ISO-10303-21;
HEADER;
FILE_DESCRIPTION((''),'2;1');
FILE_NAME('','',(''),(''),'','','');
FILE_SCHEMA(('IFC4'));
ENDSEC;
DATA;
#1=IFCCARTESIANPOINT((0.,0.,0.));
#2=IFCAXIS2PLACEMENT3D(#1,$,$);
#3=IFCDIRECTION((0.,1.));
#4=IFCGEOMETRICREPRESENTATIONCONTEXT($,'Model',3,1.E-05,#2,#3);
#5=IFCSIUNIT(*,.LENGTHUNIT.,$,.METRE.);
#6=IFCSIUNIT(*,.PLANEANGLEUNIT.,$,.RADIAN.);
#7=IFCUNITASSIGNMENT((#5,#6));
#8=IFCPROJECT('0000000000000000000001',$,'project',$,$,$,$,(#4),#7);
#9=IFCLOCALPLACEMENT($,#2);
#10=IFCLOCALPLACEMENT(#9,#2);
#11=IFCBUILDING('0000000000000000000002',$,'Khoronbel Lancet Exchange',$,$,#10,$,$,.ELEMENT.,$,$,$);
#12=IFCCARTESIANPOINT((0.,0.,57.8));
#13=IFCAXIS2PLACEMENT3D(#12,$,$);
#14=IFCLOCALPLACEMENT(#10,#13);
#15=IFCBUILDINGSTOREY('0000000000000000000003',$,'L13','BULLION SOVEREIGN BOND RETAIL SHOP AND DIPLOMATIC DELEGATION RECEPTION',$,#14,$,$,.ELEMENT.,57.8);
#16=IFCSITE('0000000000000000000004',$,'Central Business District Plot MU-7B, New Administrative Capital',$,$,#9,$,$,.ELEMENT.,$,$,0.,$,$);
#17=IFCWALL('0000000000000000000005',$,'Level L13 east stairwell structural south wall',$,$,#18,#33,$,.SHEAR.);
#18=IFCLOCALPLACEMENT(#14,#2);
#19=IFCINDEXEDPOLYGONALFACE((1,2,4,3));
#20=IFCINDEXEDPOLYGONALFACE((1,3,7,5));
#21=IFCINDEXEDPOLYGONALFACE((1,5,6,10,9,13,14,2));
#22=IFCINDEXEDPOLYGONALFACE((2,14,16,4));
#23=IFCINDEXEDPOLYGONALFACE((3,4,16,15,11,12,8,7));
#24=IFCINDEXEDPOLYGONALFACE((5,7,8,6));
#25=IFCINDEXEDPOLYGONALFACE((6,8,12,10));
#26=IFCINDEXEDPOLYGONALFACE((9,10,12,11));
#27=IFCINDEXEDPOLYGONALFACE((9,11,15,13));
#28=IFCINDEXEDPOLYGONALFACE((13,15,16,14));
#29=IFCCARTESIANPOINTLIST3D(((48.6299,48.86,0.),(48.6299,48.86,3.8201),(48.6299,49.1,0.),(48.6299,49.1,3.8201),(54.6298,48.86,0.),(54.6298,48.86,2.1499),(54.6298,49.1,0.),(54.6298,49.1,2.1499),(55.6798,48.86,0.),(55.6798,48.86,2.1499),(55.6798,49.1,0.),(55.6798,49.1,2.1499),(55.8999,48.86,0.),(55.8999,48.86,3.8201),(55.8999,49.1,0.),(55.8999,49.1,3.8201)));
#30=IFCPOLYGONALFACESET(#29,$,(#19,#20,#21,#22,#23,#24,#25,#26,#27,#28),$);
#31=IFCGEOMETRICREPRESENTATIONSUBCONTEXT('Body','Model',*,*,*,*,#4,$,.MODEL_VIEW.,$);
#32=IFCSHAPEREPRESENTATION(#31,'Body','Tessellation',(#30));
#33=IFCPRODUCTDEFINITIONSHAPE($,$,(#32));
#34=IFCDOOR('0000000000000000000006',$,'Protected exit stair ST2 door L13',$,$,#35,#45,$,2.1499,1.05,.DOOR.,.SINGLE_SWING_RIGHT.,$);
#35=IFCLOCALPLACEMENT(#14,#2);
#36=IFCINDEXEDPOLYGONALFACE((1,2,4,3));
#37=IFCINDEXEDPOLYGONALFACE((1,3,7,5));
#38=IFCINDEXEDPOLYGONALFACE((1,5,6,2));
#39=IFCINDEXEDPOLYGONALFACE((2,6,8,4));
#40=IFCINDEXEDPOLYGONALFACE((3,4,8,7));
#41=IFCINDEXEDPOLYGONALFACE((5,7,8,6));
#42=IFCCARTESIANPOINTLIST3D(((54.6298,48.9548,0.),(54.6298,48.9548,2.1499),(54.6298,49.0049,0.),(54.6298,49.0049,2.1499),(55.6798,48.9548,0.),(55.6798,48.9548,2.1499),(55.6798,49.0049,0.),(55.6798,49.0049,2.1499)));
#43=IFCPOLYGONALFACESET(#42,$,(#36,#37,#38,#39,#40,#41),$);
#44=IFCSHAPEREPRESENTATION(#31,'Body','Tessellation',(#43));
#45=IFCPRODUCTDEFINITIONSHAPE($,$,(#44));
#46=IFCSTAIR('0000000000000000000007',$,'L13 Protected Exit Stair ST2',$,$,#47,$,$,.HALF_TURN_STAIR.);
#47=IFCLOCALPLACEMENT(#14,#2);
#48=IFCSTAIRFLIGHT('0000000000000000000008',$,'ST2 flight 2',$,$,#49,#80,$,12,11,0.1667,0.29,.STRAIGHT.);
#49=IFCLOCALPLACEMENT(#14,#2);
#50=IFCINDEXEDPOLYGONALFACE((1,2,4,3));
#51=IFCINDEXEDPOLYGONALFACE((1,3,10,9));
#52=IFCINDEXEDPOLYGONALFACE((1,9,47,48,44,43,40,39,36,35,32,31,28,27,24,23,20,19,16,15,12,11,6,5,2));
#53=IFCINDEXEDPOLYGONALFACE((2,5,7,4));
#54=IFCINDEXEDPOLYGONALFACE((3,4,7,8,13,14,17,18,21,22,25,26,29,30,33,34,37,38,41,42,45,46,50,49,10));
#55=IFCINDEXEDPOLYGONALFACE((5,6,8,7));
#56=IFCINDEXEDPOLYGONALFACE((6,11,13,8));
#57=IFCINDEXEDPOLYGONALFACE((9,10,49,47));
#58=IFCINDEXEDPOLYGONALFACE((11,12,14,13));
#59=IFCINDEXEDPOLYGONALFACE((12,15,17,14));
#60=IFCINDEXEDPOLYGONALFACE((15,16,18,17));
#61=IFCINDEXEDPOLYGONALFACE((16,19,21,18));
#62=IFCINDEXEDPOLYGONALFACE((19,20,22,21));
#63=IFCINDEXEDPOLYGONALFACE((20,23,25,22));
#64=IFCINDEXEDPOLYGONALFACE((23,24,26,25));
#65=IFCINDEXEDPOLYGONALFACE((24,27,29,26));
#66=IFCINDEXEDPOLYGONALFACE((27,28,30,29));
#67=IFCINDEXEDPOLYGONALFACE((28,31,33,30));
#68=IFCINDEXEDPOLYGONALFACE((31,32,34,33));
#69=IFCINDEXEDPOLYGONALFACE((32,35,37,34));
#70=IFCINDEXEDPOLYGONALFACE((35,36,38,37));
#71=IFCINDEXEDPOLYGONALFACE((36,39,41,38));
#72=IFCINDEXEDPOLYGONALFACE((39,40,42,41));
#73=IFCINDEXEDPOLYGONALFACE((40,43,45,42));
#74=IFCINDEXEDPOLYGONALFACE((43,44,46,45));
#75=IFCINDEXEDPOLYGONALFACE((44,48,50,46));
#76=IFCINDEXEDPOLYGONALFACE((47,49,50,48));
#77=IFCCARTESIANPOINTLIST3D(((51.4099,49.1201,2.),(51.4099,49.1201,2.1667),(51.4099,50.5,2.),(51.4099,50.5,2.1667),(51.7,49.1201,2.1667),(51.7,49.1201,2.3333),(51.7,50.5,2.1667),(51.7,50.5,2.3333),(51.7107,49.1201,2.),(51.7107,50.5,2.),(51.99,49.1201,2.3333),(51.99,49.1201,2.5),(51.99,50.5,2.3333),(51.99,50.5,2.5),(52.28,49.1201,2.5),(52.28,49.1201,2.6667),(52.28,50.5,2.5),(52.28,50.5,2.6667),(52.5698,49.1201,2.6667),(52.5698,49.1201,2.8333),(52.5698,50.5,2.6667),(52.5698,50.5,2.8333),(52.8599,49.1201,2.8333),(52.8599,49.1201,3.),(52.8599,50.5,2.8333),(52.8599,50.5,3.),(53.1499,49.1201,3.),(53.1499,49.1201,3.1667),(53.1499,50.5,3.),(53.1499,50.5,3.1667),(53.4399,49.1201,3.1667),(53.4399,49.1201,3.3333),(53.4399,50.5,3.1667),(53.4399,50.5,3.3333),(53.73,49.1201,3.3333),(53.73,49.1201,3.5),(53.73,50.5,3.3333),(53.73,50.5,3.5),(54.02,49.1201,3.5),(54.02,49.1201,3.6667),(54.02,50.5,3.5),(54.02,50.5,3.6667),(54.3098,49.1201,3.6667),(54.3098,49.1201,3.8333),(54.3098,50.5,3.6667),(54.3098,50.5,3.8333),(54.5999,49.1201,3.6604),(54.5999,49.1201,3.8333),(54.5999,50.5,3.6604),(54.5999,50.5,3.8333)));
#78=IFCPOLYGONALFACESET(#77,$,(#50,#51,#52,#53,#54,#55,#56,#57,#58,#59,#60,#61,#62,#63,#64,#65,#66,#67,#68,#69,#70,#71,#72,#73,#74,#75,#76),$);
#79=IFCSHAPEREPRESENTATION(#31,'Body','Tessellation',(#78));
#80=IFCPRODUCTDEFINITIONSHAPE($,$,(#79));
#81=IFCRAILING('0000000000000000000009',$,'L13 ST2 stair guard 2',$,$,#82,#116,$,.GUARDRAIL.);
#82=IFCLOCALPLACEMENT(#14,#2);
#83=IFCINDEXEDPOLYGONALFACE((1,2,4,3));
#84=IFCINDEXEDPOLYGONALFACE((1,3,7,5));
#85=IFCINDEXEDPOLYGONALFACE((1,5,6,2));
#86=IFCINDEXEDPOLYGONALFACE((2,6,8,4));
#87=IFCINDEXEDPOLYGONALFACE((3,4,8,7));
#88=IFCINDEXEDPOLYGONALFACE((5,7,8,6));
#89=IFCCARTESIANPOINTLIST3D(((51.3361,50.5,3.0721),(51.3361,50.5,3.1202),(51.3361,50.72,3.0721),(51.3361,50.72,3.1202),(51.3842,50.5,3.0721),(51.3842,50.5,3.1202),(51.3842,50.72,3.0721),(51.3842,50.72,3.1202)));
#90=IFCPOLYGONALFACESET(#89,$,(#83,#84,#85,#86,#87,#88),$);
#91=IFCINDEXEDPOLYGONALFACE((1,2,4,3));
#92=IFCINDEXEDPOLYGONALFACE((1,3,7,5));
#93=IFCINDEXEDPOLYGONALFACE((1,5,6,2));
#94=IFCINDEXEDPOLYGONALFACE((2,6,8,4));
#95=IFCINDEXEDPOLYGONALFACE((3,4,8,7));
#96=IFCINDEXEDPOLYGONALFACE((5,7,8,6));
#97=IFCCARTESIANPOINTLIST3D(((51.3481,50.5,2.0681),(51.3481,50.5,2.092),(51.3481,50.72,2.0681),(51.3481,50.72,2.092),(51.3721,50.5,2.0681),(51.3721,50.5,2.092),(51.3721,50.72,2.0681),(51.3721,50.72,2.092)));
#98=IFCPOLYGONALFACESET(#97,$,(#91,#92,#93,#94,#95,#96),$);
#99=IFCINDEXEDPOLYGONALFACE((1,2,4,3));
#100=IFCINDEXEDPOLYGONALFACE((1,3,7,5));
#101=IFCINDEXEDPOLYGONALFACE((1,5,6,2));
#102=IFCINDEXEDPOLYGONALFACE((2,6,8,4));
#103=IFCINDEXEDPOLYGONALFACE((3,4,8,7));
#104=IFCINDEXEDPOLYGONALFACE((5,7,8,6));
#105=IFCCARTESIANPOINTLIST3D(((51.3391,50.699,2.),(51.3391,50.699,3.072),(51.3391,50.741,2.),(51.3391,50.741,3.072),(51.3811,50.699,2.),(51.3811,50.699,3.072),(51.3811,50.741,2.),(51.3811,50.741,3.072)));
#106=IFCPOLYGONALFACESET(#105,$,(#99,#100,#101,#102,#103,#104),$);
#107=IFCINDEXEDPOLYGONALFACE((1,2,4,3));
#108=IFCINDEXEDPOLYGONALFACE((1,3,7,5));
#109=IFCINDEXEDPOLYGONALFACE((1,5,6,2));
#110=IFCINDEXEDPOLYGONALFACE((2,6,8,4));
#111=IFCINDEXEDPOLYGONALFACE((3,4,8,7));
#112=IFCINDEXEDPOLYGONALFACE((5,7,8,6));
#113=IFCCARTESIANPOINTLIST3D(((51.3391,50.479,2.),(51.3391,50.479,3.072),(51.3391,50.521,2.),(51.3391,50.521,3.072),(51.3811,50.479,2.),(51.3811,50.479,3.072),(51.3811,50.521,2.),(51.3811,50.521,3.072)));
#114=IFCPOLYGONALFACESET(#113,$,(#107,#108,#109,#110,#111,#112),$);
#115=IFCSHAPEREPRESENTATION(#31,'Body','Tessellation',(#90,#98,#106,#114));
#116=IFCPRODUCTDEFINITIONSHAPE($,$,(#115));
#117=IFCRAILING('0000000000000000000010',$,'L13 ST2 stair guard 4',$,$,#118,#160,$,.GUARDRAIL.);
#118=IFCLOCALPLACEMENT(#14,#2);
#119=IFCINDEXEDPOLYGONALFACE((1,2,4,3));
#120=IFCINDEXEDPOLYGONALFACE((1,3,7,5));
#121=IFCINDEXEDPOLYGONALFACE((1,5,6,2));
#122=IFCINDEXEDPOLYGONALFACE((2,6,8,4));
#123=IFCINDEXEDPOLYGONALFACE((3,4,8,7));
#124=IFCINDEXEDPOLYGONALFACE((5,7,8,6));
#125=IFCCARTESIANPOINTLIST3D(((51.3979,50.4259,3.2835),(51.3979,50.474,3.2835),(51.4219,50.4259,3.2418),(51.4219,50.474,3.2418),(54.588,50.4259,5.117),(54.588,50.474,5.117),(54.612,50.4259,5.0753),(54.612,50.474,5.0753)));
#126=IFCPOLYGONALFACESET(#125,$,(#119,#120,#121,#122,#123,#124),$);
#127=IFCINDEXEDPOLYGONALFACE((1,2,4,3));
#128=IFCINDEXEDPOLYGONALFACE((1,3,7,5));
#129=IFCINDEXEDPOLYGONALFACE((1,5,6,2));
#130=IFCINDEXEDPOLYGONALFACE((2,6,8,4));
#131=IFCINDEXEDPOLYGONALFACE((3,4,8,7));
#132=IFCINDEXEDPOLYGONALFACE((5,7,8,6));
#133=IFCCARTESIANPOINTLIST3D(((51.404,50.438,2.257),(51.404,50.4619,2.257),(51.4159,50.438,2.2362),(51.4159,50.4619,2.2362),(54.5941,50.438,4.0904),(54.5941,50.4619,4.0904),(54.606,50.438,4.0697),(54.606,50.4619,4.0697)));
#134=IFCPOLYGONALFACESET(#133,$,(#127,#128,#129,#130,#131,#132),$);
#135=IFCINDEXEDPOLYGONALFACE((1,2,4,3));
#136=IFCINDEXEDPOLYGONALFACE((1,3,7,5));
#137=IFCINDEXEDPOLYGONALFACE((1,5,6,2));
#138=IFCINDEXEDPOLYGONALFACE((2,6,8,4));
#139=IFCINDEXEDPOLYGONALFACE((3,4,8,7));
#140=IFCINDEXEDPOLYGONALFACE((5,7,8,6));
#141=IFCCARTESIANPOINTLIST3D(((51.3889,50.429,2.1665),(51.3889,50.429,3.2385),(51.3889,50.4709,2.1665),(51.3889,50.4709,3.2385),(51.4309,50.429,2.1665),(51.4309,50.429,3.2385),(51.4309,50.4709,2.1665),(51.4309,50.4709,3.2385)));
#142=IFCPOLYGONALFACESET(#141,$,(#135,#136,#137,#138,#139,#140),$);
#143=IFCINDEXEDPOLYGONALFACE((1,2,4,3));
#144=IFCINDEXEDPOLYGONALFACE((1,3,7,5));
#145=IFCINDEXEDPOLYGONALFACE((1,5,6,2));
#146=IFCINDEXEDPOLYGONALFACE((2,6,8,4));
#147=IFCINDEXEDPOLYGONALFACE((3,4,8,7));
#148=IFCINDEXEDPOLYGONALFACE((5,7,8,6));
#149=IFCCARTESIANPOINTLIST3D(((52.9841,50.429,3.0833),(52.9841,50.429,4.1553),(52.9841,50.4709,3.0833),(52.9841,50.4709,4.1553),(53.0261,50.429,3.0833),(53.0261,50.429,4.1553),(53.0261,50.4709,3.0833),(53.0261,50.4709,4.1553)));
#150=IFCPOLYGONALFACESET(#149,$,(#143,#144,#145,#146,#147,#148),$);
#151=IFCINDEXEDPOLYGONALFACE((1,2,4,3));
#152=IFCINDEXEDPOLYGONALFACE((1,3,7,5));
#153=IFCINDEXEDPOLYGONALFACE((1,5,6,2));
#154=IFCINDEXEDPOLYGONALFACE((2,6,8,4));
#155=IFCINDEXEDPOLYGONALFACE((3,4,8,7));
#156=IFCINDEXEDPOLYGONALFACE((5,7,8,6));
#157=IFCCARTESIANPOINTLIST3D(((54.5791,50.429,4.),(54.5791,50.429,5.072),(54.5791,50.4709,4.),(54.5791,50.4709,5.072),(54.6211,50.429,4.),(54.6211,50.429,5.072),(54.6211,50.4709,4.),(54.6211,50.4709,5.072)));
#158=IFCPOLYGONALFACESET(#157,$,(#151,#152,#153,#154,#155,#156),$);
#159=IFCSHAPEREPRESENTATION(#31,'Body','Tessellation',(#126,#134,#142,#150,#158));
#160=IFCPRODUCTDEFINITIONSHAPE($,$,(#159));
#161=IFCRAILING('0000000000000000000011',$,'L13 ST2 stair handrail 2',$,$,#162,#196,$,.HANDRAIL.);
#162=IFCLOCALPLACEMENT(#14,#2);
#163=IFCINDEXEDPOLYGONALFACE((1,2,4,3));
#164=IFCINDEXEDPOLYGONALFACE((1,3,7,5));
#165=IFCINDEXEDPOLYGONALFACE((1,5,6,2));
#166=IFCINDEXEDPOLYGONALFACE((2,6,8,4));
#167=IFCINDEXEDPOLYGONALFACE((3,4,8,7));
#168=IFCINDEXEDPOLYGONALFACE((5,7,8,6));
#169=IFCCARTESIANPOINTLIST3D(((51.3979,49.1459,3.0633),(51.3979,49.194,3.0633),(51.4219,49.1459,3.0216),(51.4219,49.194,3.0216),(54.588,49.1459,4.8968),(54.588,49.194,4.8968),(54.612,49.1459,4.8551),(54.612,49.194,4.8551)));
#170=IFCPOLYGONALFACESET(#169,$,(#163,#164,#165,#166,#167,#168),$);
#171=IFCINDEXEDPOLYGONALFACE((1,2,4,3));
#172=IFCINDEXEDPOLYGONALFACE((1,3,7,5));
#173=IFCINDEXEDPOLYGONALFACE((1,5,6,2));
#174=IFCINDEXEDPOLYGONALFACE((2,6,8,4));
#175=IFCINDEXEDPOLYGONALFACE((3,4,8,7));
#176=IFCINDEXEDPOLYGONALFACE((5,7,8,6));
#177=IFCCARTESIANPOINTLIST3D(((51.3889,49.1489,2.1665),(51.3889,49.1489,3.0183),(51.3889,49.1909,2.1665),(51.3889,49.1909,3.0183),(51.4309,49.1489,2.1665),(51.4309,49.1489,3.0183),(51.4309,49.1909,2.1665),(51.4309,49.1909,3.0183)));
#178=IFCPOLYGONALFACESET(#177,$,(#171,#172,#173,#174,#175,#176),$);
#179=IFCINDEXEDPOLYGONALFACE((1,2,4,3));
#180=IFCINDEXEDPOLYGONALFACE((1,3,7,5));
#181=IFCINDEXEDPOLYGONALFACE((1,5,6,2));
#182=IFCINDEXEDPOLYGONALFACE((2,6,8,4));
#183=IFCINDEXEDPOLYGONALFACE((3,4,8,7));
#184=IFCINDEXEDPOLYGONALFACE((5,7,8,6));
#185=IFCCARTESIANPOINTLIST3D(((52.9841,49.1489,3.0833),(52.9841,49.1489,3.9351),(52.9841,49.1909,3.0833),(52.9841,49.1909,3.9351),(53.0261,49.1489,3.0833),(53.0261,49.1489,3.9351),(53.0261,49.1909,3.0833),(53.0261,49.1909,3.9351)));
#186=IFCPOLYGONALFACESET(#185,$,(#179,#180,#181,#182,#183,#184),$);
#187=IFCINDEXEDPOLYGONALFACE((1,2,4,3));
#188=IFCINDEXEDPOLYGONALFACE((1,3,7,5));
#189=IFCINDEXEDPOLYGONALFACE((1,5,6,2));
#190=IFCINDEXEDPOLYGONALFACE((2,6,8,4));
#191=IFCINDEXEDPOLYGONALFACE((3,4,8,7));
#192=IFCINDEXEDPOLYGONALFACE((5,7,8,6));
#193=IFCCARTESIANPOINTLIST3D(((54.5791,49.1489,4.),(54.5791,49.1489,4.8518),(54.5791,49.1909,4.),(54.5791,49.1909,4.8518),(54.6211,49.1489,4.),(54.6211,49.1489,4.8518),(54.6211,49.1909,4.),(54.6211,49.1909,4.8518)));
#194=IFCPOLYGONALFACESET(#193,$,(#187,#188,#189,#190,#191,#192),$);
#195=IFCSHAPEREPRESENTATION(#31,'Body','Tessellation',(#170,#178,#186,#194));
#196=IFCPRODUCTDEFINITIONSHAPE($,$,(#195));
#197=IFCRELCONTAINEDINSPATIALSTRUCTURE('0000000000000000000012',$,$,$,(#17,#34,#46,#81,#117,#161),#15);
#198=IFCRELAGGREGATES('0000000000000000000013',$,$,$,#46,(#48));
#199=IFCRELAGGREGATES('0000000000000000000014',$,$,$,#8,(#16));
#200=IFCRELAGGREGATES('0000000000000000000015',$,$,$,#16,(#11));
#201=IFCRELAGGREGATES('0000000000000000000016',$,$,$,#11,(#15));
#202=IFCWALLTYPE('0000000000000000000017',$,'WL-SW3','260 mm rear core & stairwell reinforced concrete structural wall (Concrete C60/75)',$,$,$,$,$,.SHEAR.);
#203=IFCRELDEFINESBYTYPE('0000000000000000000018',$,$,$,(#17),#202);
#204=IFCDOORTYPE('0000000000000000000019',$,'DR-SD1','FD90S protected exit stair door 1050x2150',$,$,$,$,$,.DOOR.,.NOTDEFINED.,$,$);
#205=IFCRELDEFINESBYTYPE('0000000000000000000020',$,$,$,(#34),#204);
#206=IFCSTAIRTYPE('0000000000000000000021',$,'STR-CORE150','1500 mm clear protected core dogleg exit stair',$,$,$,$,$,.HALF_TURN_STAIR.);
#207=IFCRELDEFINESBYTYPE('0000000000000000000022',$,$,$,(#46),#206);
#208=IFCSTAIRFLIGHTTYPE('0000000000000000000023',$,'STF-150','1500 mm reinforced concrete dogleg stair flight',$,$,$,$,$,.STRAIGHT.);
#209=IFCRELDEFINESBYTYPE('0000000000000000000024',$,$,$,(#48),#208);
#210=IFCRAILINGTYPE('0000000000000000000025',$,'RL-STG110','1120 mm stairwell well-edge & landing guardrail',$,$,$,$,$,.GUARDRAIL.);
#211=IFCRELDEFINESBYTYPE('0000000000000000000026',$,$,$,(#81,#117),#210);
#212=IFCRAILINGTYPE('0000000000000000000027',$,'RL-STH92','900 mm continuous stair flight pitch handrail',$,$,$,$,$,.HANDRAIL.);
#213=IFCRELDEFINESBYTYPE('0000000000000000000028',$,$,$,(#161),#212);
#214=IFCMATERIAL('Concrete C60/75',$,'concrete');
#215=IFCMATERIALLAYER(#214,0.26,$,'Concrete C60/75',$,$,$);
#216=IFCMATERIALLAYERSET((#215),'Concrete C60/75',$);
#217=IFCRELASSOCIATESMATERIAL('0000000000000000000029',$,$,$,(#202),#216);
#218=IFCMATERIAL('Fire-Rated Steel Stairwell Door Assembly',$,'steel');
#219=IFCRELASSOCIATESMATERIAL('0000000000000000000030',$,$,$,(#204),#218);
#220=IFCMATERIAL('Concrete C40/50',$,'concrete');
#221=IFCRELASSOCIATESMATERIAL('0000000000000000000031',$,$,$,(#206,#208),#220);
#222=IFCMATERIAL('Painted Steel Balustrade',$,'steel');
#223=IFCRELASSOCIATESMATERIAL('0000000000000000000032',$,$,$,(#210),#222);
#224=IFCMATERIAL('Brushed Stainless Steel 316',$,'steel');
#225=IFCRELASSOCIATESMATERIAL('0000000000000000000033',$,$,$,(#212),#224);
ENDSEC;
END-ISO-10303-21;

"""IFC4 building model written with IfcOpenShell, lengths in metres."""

from ifc_helpers import new_model, si_unit, direction, frame, frame_2d, origin, origin_2d, place, context, subcontext, project, spatial, polyline, rectangle, outline, extrude, material, layer, layer_set, type_object, element, fill, aggregate, save


model = new_model("IFC4")

# Units and contexts
model_context = context("Model", 3, precision=1e-05, world=origin(), true_north=direction((0.0, 1.0)))
body_context = subcontext(model_context, "Body", "Model", "MODEL_VIEW")
ifc_project = project(units=[si_unit("LENGTHUNIT", "METRE"), si_unit("PLANEANGLEUNIT", "RADIAN")], contexts=[model_context])

# Site, building, storey
site_placement = place(None, origin())
site = spatial("IfcSite", under=ifc_project, at=site_placement, Name="Central Business District Plot MU-7B, New Administrative Capital", CompositionType="ELEMENT", RefElevation=0.0)
building_placement = place(site_placement, origin())
building = spatial("IfcBuilding", under=site, at=building_placement, Name="Khoronbel Lancet Exchange", CompositionType="ELEMENT")
storey_placement = place(building_placement, frame((0.0, 0.0, 57.8)))
storey = spatial("IfcBuildingStorey", under=building, at=storey_placement, Name="L13", Description="BULLION SOVEREIGN BOND RETAIL SHOP AND DIPLOMATIC DELEGATION RECEPTION", CompositionType="ELEMENT", Elevation=57.8)

# Wall, opening, door
ifc_material_1 = material(Name="Concrete C60/75", Category="concrete")
ifc_layer_1 = layer(ifc_material_1, 0.26, Name="Concrete C60/75")
ifc_layer_set_1 = layer_set([ifc_layer_1], Name="Concrete C60/75")
wall_type_1 = type_object("IfcWallType", Name="WL-SW3", Description="260 mm rear core & stairwell reinforced concrete structural wall (Concrete C60/75)", PredefinedType="SHEAR", material=ifc_layer_set_1)
wall_1_placement = place(storey_placement, frame((48.6299, 48.98, 0.0), z_axis=(0.0, 0.0, 1.0), x_axis=(1.0, 0.0, 0.0)))
wall_1 = element("IfcWall", 1, at=wall_1_placement, inside=storey, type_object=wall_type_1, Name="Level L13 east stairwell structural south wall", PredefinedType="SHEAR", context=body_context, shape_type="SweptSolid", body=[
    extrude(rectangle(XDim=7.27, YDim=0.24, at=frame_2d((3.635, 0.0))), origin(), (0.0, 0.0, 1.0), 3.8201),
])
opening_1_placement = place(wall_1_placement, frame((6.0, 0.0, 0.0)))
opening_1 = element("IfcOpeningElement", 2, at=opening_1_placement, cuts=wall_1, PredefinedType="OPENING", context=body_context, shape_type="SweptSolid", body=[
    extrude(rectangle(XDim=1.05, YDim=2.1499, at=frame_2d((0.5249, 1.075))), frame((0.0, 0.1299, 0.0), z_axis=(0.0, -1.0, 0.0), x_axis=(1.0, 0.0, 0.0)), (0.0, 0.0, 1.0), 0.26),
])
ifc_material_2 = material(Name="Fire-Rated Steel Stairwell Door Assembly", Category="steel")
door_type_1 = type_object("IfcDoorType", Name="DR-SD1", Description="FD90S protected exit stair door 1050x2150", OperationType="NOTDEFINED", PredefinedType="DOOR", material=ifc_material_2)
door_1_placement = place(opening_1_placement, origin())
door_1 = element("IfcDoor", 3, at=door_1_placement, inside=storey, type_object=door_type_1, Name="Protected exit stair ST2 door L13", OperationType="SINGLE_SWING_RIGHT", OverallHeight=2.1499, OverallWidth=1.05, PredefinedType="DOOR", context=body_context, shape_type="SweptSolid", body=[
    extrude(rectangle(XDim=1.05, YDim=2.1499, at=frame_2d((0.5249, 1.075))), frame((0.0, 0.0249, 0.0), z_axis=(0.0, -1.0, 0.0), x_axis=(1.0, 0.0, 0.0)), (0.0, 0.0, 1.0), 0.05),
])
fill(opening_1, door_1)

# Stair, stair flight
ifc_material_3 = material(Name="Concrete C40/50", Category="concrete")
stair_type = type_object("IfcStairType", Name="STR-CORE150", Description="1500 mm clear protected core dogleg exit stair", PredefinedType="HALF_TURN_STAIR", material=ifc_material_3)
stair_placement = place(storey_placement, origin())
stair = element("IfcStair", 4, at=stair_placement, inside=storey, type_object=stair_type, Name="L13 Protected Exit Stair ST2", PredefinedType="HALF_TURN_STAIR")
stair_flight_type = type_object("IfcStairFlightType", Name="STF-150", Description="1500 mm reinforced concrete dogleg stair flight", PredefinedType="STRAIGHT", material=ifc_material_3)
stair_flight_placement = place(storey_placement, frame((51.4099, 49.8101, 2.0), z_axis=(0.0, 0.0, 1.0), x_axis=(1.0, 0.0, 0.0)))
stair_flight = element("IfcStairFlight", 5, at=stair_flight_placement, type_object=stair_flight_type, Name="ST2 flight 2", NumberOfRisers=12, NumberOfTreads=11, PredefinedType="STRAIGHT", RiserHeight=0.1667, TreadLength=0.29, context=body_context, shape_type="SweptSolid", body=[
    extrude(outline(polyline([(0.0, 0.0), (0.0, 0.1667), (0.29, 0.1667), (0.29, 0.3333), (0.5801, 0.3333), (0.5801, 0.5), (0.8701, 0.5), (0.8701, 0.6667), (1.1599, 0.6667), (1.1599, 0.8333), (1.45, 0.8333), (1.45, 1.0), (1.74, 1.0), (1.74, 1.1667), (2.03, 1.1667), (2.03, 1.3333), (2.3201, 1.3333), (2.3201, 1.5), (2.6101, 1.5), (2.6101, 1.6667), (2.8999, 1.6667), (2.8999, 1.8333), (3.1899, 1.8333), (3.1899, 2.0), (3.1899, 1.6604), (0.3008, 0.0), (0.0, 0.0)])), frame((0.0, 0.6899, 0.0), z_axis=(0.0, -1.0, 0.0), x_axis=(1.0, 0.0, 0.0)), (0.0, 0.0, 1.0), 1.3799),
])
aggregate(stair, [stair_flight])

# Railings
ifc_material_4 = material(Name="Painted Steel Balustrade", Category="steel")
railing_type_1 = type_object("IfcRailingType", Name="RL-STG110", Description="1120 mm stairwell well-edge & landing guardrail", PredefinedType="GUARDRAIL", material=ifc_material_4)
railing_1_placement = place(storey_placement, frame((51.3601, 50.72, 2.0)))
element("IfcRailing", 6, at=railing_1_placement, inside=storey, type_object=railing_type_1, Name="L13 ST2 stair guard 2", PredefinedType="GUARDRAIL", context=body_context, shape_type="SweptSolid", body=[
    extrude(rectangle(XDim=0.0481, YDim=0.0481, at=origin_2d()), frame((0.0, 0.0, 1.0962), z_axis=(0.0, -1.0, 0.0), x_axis=(1.0, 0.0, 0.0)), (0.0, 0.0, 1.0), 0.22),
    extrude(rectangle(XDim=0.0239, YDim=0.0239, at=origin_2d()), frame((0.0, 0.0, 0.0801), z_axis=(0.0, -1.0, 0.0), x_axis=(1.0, 0.0, 0.0)), (0.0, 0.0, 1.0), 0.22),
    extrude(rectangle(XDim=0.042, YDim=0.042, at=origin_2d()), origin(), (0.0, 0.0, 1.0), 1.072),
    extrude(rectangle(XDim=0.042, YDim=0.042, at=origin_2d()), frame((0.0, -0.22, 0.0)), (0.0, 0.0, 1.0), 1.072),
])
railing_2_placement = place(storey_placement, frame((51.4099, 50.45, 2.1665)))
element("IfcRailing", 7, at=railing_2_placement, inside=storey, type_object=railing_type_1, Name="L13 ST2 stair guard 4", PredefinedType="GUARDRAIL", context=body_context, shape_type="SweptSolid", body=[
    extrude(rectangle(XDim=0.0481, YDim=0.0481, at=origin_2d()), frame((0.0, 0.0, 1.0962), z_axis=(0.867007, 0.0, 0.498295), x_axis=(0.0, 1.0, 0.0)), (0.0, 0.0, 1.0), 3.6794),
    extrude(rectangle(XDim=0.0239, YDim=0.0239, at=origin_2d()), frame((0.0, 0.0, 0.0801), z_axis=(0.867007, 0.0, 0.498295), x_axis=(0.0, 1.0, 0.0)), (0.0, 0.0, 1.0), 3.6794),
    extrude(rectangle(XDim=0.042, YDim=0.042, at=origin_2d()), origin(), (0.0, 0.0, 1.0), 1.072),
    extrude(rectangle(XDim=0.042, YDim=0.042, at=origin_2d()), frame((1.5952, 0.0, 0.9167)), (0.0, 0.0, 1.0), 1.072),
    extrude(rectangle(XDim=0.042, YDim=0.042, at=origin_2d()), frame((3.1902, 0.0, 1.8335)), (0.0, 0.0, 1.0), 1.072),
])
ifc_material_5 = material(Name="Brushed Stainless Steel 316", Category="steel")
railing_type_2 = type_object("IfcRailingType", Name="RL-STH92", Description="900 mm continuous stair flight pitch handrail", PredefinedType="HANDRAIL", material=ifc_material_5)
railing_3_placement = place(storey_placement, frame((51.4099, 49.1699, 2.1665)))
element("IfcRailing", 8, at=railing_3_placement, inside=storey, type_object=railing_type_2, Name="L13 ST2 stair handrail 2", PredefinedType="HANDRAIL", context=body_context, shape_type="SweptSolid", body=[
    extrude(rectangle(XDim=0.0481, YDim=0.0481, at=origin_2d()), frame((0.0, 0.0, 0.876), z_axis=(0.867007, 0.0, 0.498295), x_axis=(0.0, 1.0, 0.0)), (0.0, 0.0, 1.0), 3.6794),
    extrude(rectangle(XDim=0.042, YDim=0.042, at=origin_2d()), origin(), (0.0, 0.0, 1.0), 0.8518),
    extrude(rectangle(XDim=0.042, YDim=0.042, at=origin_2d()), frame((1.5952, 0.0, 0.9167)), (0.0, 0.0, 1.0), 0.8518),
    extrude(rectangle(XDim=0.042, YDim=0.042, at=origin_2d()), frame((3.1902, 0.0, 1.8335)), (0.0, 0.0, 1.0), 0.8518),
])

save(model, "model.ifc")
